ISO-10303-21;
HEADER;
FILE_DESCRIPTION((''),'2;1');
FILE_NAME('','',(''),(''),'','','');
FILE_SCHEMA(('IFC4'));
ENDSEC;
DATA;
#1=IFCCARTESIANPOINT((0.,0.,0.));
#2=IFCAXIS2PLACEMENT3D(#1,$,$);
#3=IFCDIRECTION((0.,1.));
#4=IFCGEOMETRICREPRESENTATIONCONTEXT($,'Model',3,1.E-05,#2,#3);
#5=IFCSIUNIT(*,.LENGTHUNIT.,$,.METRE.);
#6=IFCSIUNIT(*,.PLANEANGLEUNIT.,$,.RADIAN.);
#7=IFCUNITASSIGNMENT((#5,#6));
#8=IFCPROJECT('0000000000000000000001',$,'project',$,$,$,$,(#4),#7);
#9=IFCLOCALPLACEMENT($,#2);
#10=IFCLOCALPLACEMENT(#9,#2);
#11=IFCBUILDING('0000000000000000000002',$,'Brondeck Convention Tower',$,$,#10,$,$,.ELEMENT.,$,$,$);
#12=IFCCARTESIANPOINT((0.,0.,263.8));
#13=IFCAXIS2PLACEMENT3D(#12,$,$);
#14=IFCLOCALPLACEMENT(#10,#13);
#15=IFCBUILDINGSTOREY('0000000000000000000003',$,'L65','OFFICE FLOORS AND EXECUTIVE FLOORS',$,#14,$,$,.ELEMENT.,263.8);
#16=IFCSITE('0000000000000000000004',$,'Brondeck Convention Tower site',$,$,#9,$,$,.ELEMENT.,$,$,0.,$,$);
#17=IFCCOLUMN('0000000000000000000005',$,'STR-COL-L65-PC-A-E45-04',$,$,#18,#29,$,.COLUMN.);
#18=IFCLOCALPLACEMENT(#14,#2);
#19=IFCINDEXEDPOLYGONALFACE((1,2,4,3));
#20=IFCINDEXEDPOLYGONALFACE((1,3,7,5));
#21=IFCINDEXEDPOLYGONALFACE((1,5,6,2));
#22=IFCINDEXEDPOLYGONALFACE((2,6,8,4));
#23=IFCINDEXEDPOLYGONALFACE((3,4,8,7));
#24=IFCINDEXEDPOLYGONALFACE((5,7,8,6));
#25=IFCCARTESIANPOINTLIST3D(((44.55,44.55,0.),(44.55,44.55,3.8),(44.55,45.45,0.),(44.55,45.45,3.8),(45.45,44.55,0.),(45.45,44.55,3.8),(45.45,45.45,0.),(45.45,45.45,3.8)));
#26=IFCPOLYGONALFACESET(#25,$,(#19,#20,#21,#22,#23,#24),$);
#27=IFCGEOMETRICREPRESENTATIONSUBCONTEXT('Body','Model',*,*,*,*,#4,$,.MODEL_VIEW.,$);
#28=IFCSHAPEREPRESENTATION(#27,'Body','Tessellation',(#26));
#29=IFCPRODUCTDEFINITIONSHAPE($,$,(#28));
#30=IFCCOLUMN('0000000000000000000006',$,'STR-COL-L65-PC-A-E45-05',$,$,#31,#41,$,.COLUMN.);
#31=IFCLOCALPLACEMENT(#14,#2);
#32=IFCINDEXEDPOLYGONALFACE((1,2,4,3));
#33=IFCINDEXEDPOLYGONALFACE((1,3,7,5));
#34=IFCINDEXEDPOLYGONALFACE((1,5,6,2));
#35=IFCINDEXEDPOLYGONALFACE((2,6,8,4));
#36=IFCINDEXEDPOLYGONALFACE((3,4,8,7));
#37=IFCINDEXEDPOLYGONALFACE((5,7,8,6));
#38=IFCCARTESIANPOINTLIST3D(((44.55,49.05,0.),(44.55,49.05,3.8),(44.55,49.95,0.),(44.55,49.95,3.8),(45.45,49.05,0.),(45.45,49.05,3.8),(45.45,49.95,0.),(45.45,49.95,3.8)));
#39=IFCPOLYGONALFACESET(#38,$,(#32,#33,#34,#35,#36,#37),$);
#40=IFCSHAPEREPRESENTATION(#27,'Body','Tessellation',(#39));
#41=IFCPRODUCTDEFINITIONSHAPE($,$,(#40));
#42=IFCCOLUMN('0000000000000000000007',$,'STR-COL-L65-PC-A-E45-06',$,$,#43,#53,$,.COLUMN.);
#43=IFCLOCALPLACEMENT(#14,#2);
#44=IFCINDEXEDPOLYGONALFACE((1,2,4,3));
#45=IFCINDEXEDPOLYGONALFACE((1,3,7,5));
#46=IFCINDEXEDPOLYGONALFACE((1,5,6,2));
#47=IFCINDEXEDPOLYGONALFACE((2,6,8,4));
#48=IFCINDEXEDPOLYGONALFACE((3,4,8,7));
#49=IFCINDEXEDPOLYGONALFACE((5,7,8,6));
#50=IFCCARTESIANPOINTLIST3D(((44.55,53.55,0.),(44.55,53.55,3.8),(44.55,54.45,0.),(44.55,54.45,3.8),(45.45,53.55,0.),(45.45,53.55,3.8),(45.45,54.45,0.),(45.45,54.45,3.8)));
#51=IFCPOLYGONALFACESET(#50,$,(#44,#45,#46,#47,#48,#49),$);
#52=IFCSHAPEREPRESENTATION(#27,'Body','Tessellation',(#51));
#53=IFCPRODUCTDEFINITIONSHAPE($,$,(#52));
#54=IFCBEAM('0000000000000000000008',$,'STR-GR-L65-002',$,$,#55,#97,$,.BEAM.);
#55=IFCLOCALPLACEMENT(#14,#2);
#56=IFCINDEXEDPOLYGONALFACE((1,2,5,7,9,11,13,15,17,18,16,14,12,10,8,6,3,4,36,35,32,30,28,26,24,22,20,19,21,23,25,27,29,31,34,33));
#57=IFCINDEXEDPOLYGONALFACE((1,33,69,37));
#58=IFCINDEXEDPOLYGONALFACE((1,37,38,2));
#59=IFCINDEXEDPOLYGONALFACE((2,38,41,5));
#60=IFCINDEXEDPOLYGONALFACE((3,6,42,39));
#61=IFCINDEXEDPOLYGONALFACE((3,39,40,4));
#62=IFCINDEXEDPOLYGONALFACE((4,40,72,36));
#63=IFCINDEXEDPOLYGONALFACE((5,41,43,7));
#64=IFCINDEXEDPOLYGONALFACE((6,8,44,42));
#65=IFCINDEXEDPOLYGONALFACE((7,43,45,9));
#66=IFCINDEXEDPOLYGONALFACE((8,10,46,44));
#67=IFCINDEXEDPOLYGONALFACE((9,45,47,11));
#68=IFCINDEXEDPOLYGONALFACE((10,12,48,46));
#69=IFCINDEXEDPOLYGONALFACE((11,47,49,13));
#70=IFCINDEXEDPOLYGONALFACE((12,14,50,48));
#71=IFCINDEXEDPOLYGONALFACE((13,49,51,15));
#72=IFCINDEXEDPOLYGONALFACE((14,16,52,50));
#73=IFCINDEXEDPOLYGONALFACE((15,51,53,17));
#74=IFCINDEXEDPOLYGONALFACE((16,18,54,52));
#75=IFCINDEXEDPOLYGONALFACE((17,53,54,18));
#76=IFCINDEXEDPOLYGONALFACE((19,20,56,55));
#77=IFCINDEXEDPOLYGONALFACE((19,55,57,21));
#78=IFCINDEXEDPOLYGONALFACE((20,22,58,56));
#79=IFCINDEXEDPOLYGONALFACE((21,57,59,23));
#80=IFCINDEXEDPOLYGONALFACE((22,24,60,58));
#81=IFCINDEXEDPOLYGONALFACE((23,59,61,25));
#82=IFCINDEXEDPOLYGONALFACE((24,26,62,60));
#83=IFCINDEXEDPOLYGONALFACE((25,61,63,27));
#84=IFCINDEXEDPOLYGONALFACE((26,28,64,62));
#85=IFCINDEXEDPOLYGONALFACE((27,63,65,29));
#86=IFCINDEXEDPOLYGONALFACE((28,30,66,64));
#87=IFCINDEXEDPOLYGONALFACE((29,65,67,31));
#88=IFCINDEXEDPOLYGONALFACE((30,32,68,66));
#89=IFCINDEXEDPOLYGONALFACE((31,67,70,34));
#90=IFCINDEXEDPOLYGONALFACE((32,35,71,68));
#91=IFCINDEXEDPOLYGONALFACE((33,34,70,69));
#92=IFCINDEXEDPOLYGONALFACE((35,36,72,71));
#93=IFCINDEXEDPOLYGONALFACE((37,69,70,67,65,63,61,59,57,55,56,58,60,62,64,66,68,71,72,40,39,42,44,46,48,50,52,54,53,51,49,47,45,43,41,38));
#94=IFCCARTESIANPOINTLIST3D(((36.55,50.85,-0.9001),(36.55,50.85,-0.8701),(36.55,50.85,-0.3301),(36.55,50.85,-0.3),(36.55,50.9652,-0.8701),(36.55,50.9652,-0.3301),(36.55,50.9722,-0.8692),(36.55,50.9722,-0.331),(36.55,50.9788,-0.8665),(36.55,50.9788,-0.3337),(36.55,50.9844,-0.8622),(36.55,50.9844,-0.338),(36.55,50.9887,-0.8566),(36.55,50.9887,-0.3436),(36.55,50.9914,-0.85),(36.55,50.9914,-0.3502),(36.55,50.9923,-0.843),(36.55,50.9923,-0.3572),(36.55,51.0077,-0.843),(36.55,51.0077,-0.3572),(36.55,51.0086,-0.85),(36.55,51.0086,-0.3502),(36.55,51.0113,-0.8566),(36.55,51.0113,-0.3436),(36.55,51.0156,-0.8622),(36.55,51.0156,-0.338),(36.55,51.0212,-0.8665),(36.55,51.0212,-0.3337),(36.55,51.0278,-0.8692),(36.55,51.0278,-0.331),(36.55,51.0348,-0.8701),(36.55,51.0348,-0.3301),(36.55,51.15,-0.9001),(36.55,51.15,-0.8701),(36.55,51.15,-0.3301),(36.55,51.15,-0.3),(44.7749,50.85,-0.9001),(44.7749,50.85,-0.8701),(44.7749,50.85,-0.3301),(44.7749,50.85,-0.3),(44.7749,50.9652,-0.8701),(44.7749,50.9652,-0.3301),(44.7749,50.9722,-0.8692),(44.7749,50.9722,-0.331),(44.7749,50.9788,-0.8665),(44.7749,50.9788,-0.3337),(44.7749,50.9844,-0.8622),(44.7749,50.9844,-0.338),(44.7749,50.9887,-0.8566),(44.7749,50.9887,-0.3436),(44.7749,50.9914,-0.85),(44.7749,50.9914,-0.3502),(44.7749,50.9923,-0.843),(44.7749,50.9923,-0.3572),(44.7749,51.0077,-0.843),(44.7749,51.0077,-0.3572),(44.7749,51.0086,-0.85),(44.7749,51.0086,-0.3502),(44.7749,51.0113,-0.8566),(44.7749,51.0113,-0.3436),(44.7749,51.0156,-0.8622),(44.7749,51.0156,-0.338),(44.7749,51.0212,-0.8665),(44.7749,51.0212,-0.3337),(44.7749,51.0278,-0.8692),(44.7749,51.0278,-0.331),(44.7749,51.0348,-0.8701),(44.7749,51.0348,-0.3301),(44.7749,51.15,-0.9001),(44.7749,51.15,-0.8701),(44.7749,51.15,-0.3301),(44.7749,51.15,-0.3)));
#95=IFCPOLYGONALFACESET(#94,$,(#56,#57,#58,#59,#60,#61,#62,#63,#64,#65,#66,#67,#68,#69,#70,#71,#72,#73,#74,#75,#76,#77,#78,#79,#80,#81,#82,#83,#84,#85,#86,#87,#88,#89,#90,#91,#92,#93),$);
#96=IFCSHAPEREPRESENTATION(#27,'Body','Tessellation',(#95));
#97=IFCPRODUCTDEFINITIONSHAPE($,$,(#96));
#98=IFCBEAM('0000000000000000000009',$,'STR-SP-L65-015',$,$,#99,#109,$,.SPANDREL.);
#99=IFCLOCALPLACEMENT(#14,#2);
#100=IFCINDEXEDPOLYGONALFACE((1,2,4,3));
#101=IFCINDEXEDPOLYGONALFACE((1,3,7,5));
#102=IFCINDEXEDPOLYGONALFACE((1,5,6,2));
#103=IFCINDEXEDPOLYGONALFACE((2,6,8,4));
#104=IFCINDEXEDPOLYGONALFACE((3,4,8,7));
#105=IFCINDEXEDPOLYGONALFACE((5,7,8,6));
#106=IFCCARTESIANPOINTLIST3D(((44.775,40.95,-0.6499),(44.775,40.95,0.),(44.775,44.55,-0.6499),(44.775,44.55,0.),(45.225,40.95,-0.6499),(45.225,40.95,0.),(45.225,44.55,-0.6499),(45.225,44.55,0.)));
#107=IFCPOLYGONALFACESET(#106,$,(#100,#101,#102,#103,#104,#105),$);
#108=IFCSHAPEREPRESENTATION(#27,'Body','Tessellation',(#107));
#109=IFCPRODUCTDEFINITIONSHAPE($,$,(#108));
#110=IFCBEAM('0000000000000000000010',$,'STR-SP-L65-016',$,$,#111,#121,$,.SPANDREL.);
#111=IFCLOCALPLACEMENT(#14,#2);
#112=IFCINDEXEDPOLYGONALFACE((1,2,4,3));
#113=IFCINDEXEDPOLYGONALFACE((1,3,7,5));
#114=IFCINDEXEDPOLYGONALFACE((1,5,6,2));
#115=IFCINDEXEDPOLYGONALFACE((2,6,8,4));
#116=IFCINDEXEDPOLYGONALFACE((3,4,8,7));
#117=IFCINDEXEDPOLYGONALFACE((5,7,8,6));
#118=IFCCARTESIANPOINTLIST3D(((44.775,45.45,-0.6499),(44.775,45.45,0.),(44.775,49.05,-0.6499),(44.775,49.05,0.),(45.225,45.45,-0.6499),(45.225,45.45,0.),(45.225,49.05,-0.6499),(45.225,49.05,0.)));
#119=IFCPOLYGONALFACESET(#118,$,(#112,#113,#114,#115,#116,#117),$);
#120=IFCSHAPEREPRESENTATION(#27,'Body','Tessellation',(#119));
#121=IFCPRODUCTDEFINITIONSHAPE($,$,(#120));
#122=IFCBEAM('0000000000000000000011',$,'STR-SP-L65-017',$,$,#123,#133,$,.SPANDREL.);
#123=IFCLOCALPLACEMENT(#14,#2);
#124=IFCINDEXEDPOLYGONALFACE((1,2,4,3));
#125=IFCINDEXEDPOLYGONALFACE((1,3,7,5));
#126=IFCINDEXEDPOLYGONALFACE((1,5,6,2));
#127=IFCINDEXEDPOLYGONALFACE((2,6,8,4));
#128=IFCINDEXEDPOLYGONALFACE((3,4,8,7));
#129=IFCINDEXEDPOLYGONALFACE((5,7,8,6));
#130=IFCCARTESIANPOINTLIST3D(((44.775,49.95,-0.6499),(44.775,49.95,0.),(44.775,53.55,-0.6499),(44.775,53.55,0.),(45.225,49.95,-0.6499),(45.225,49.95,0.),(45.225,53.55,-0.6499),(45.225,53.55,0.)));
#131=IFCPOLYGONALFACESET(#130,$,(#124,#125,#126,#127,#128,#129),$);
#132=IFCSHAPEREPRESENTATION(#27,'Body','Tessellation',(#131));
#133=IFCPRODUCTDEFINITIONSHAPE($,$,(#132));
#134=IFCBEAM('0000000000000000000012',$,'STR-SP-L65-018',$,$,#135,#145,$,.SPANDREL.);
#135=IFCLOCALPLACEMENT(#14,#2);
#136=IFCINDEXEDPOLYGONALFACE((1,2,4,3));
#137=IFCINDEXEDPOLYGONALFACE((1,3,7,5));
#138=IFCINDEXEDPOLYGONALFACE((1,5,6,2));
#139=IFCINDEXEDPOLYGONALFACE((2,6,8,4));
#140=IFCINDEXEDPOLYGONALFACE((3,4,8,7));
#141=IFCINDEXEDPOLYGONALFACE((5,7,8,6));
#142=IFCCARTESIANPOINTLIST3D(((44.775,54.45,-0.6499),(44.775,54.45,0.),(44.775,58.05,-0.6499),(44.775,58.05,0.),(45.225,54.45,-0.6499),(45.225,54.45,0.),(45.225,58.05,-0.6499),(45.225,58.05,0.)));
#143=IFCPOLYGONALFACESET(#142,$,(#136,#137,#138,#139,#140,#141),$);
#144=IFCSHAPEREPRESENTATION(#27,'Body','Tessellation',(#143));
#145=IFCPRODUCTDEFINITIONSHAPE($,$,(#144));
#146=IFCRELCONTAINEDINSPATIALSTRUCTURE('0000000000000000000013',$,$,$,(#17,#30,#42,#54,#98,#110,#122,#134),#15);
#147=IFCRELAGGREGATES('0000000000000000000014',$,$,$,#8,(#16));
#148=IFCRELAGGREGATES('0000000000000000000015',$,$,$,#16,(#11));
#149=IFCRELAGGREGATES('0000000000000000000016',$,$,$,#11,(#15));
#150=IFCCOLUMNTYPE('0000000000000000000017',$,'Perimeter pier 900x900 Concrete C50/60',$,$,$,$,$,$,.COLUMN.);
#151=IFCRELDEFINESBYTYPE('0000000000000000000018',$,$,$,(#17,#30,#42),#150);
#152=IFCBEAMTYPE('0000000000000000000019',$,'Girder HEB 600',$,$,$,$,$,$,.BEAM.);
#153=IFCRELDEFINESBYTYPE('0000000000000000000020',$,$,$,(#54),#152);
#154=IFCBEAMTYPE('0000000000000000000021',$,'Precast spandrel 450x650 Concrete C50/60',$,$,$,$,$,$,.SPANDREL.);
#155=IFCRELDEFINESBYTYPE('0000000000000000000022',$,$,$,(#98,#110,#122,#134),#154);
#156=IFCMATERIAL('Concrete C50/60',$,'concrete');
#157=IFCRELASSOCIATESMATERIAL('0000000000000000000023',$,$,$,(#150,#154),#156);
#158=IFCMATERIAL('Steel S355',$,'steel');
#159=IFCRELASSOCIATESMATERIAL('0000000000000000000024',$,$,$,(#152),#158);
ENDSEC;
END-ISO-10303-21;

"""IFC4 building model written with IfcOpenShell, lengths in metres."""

from ifc_helpers import new_model, si_unit, direction, frame, origin, origin_2d, place, context, subcontext, project, spatial, rectangle, i_section, extrude, material, material_profile, profile_set, type_object, element, save


model = new_model("IFC4")

# Units and contexts
model_context = context("Model", 3, precision=1e-05, world=origin(), true_north=direction((0.0, 1.0)))
body_context = subcontext(model_context, "Body", "Model", "MODEL_VIEW")
ifc_project = project(units=[si_unit("LENGTHUNIT", "METRE"), si_unit("PLANEANGLEUNIT", "RADIAN")], contexts=[model_context])

# Site, building, storey
site_placement = place(None, origin())
site = spatial("IfcSite", under=ifc_project, at=site_placement, Name="Brondeck Convention Tower site", CompositionType="ELEMENT", RefElevation=0.0)
building_placement = place(site_placement, origin())
building = spatial("IfcBuilding", under=site, at=building_placement, Name="Brondeck Convention Tower", CompositionType="ELEMENT")
storey_placement = place(building_placement, frame((0.0, 0.0, 263.8)))
storey = spatial("IfcBuildingStorey", under=building, at=storey_placement, Name="L65", Description="OFFICE FLOORS AND EXECUTIVE FLOORS", CompositionType="ELEMENT", Elevation=263.8)

# Columns
ifc_material_1 = material(Name="Concrete C50/60", Category="concrete")
ifc_material_profile_1 = material_profile(ifc_material_1, rectangle(XDim=0.8999, YDim=0.8999, at=origin_2d()), Name="Perimeter pier 900x900 Concrete C50/60")
ifc_profile_set_1 = profile_set([ifc_material_profile_1], Name="Concrete C50/60")
column_type = type_object("IfcColumnType", Name="Perimeter pier 900x900 Concrete C50/60", PredefinedType="COLUMN", material=ifc_profile_set_1)
for number, where, z_axis, x_axis, name in (
    (1, (45.0, 45.0, 0.0), (0.0, 0.0, 1.0), (0.0, 1.0, 0.0), "STR-COL-L65-PC-A-E45-04"),
    (2, (45.0, 49.5, 0.0), (0.0, 0.0, 1.0), (0.0, 1.0, 0.0), "STR-COL-L65-PC-A-E45-05"),
    (3, (45.0, 54.0, 0.0), (0.0, 0.0, 1.0), (0.0, 1.0, 0.0), "STR-COL-L65-PC-A-E45-06"),
):
    element("IfcColumn", number, at=place(storey_placement, frame(where, z_axis=z_axis, x_axis=x_axis)), inside=storey, type_object=column_type, Name=name, PredefinedType="COLUMN", context=body_context, shape_type="SweptSolid", body=[
        extrude(rectangle(XDim=0.8999, YDim=0.8999, at=origin_2d()), origin(), (0.0, 0.0, 1.0), 3.8),
    ])

# Beams
ifc_material_2 = material(Name="Steel S355", Category="steel")
ifc_material_profile_2 = material_profile(ifc_material_2, i_section(OverallWidth=0.3, OverallDepth=0.6001, WebThickness=0.0154, FlangeThickness=0.03, FilletRadius=0.0271, at=origin_2d()), Name="HEB 600")
ifc_profile_set_2 = profile_set([ifc_material_profile_2], Name="Steel S355")
beam_type_1 = type_object("IfcBeamType", Name="Girder HEB 600", PredefinedType="BEAM", material=ifc_profile_set_2)
beam_placement = place(storey_placement, frame((36.55, 51.0, -0.6001), z_axis=(1.0, 0.0, 0.0), x_axis=(0.0, 1.0, 0.0)))
element("IfcBeam", 4, at=beam_placement, inside=storey, type_object=beam_type_1, Name="STR-GR-L65-002", PredefinedType="BEAM", context=body_context, shape_type="SweptSolid", body=[
    extrude(i_section(OverallWidth=0.3, OverallDepth=0.6001, WebThickness=0.0154, FlangeThickness=0.03, FilletRadius=0.0271, at=origin_2d()), origin(), (0.0, 0.0, 1.0), 8.2249),
])
ifc_material_profile_3 = material_profile(ifc_material_1, rectangle(XDim=0.45, YDim=0.6499, at=origin_2d()), Name="Precast spandrel 450x650 Concrete C50/60")
ifc_profile_set_3 = profile_set([ifc_material_profile_3], Name="Concrete C50/60")
beam_type_2 = type_object("IfcBeamType", Name="Precast spandrel 450x650 Concrete C50/60", PredefinedType="SPANDREL", material=ifc_profile_set_3)
for number, where, z_axis, x_axis, name in (
    (5, (45.0, 40.95, -0.325), (0.0, 1.0, 0.0), (-1.0, 0.0, 0.0), "STR-SP-L65-015"),
    (6, (45.0, 45.45, -0.325), (0.0, 1.0, 0.0), (-1.0, 0.0, 0.0), "STR-SP-L65-016"),
    (7, (45.0, 49.95, -0.325), (0.0, 1.0, 0.0), (-1.0, 0.0, 0.0), "STR-SP-L65-017"),
    (8, (45.0, 54.45, -0.325), (0.0, 1.0, 0.0), (-1.0, 0.0, 0.0), "STR-SP-L65-018"),
):
    element("IfcBeam", number, at=place(storey_placement, frame(where, z_axis=z_axis, x_axis=x_axis)), inside=storey, type_object=beam_type_2, Name=name, PredefinedType="SPANDREL", context=body_context, shape_type="SweptSolid", body=[
        extrude(rectangle(XDim=0.45, YDim=0.6499, at=origin_2d()), origin(), (0.0, 0.0, 1.0), 3.6001),
    ])

save(model, "model.ifc")
